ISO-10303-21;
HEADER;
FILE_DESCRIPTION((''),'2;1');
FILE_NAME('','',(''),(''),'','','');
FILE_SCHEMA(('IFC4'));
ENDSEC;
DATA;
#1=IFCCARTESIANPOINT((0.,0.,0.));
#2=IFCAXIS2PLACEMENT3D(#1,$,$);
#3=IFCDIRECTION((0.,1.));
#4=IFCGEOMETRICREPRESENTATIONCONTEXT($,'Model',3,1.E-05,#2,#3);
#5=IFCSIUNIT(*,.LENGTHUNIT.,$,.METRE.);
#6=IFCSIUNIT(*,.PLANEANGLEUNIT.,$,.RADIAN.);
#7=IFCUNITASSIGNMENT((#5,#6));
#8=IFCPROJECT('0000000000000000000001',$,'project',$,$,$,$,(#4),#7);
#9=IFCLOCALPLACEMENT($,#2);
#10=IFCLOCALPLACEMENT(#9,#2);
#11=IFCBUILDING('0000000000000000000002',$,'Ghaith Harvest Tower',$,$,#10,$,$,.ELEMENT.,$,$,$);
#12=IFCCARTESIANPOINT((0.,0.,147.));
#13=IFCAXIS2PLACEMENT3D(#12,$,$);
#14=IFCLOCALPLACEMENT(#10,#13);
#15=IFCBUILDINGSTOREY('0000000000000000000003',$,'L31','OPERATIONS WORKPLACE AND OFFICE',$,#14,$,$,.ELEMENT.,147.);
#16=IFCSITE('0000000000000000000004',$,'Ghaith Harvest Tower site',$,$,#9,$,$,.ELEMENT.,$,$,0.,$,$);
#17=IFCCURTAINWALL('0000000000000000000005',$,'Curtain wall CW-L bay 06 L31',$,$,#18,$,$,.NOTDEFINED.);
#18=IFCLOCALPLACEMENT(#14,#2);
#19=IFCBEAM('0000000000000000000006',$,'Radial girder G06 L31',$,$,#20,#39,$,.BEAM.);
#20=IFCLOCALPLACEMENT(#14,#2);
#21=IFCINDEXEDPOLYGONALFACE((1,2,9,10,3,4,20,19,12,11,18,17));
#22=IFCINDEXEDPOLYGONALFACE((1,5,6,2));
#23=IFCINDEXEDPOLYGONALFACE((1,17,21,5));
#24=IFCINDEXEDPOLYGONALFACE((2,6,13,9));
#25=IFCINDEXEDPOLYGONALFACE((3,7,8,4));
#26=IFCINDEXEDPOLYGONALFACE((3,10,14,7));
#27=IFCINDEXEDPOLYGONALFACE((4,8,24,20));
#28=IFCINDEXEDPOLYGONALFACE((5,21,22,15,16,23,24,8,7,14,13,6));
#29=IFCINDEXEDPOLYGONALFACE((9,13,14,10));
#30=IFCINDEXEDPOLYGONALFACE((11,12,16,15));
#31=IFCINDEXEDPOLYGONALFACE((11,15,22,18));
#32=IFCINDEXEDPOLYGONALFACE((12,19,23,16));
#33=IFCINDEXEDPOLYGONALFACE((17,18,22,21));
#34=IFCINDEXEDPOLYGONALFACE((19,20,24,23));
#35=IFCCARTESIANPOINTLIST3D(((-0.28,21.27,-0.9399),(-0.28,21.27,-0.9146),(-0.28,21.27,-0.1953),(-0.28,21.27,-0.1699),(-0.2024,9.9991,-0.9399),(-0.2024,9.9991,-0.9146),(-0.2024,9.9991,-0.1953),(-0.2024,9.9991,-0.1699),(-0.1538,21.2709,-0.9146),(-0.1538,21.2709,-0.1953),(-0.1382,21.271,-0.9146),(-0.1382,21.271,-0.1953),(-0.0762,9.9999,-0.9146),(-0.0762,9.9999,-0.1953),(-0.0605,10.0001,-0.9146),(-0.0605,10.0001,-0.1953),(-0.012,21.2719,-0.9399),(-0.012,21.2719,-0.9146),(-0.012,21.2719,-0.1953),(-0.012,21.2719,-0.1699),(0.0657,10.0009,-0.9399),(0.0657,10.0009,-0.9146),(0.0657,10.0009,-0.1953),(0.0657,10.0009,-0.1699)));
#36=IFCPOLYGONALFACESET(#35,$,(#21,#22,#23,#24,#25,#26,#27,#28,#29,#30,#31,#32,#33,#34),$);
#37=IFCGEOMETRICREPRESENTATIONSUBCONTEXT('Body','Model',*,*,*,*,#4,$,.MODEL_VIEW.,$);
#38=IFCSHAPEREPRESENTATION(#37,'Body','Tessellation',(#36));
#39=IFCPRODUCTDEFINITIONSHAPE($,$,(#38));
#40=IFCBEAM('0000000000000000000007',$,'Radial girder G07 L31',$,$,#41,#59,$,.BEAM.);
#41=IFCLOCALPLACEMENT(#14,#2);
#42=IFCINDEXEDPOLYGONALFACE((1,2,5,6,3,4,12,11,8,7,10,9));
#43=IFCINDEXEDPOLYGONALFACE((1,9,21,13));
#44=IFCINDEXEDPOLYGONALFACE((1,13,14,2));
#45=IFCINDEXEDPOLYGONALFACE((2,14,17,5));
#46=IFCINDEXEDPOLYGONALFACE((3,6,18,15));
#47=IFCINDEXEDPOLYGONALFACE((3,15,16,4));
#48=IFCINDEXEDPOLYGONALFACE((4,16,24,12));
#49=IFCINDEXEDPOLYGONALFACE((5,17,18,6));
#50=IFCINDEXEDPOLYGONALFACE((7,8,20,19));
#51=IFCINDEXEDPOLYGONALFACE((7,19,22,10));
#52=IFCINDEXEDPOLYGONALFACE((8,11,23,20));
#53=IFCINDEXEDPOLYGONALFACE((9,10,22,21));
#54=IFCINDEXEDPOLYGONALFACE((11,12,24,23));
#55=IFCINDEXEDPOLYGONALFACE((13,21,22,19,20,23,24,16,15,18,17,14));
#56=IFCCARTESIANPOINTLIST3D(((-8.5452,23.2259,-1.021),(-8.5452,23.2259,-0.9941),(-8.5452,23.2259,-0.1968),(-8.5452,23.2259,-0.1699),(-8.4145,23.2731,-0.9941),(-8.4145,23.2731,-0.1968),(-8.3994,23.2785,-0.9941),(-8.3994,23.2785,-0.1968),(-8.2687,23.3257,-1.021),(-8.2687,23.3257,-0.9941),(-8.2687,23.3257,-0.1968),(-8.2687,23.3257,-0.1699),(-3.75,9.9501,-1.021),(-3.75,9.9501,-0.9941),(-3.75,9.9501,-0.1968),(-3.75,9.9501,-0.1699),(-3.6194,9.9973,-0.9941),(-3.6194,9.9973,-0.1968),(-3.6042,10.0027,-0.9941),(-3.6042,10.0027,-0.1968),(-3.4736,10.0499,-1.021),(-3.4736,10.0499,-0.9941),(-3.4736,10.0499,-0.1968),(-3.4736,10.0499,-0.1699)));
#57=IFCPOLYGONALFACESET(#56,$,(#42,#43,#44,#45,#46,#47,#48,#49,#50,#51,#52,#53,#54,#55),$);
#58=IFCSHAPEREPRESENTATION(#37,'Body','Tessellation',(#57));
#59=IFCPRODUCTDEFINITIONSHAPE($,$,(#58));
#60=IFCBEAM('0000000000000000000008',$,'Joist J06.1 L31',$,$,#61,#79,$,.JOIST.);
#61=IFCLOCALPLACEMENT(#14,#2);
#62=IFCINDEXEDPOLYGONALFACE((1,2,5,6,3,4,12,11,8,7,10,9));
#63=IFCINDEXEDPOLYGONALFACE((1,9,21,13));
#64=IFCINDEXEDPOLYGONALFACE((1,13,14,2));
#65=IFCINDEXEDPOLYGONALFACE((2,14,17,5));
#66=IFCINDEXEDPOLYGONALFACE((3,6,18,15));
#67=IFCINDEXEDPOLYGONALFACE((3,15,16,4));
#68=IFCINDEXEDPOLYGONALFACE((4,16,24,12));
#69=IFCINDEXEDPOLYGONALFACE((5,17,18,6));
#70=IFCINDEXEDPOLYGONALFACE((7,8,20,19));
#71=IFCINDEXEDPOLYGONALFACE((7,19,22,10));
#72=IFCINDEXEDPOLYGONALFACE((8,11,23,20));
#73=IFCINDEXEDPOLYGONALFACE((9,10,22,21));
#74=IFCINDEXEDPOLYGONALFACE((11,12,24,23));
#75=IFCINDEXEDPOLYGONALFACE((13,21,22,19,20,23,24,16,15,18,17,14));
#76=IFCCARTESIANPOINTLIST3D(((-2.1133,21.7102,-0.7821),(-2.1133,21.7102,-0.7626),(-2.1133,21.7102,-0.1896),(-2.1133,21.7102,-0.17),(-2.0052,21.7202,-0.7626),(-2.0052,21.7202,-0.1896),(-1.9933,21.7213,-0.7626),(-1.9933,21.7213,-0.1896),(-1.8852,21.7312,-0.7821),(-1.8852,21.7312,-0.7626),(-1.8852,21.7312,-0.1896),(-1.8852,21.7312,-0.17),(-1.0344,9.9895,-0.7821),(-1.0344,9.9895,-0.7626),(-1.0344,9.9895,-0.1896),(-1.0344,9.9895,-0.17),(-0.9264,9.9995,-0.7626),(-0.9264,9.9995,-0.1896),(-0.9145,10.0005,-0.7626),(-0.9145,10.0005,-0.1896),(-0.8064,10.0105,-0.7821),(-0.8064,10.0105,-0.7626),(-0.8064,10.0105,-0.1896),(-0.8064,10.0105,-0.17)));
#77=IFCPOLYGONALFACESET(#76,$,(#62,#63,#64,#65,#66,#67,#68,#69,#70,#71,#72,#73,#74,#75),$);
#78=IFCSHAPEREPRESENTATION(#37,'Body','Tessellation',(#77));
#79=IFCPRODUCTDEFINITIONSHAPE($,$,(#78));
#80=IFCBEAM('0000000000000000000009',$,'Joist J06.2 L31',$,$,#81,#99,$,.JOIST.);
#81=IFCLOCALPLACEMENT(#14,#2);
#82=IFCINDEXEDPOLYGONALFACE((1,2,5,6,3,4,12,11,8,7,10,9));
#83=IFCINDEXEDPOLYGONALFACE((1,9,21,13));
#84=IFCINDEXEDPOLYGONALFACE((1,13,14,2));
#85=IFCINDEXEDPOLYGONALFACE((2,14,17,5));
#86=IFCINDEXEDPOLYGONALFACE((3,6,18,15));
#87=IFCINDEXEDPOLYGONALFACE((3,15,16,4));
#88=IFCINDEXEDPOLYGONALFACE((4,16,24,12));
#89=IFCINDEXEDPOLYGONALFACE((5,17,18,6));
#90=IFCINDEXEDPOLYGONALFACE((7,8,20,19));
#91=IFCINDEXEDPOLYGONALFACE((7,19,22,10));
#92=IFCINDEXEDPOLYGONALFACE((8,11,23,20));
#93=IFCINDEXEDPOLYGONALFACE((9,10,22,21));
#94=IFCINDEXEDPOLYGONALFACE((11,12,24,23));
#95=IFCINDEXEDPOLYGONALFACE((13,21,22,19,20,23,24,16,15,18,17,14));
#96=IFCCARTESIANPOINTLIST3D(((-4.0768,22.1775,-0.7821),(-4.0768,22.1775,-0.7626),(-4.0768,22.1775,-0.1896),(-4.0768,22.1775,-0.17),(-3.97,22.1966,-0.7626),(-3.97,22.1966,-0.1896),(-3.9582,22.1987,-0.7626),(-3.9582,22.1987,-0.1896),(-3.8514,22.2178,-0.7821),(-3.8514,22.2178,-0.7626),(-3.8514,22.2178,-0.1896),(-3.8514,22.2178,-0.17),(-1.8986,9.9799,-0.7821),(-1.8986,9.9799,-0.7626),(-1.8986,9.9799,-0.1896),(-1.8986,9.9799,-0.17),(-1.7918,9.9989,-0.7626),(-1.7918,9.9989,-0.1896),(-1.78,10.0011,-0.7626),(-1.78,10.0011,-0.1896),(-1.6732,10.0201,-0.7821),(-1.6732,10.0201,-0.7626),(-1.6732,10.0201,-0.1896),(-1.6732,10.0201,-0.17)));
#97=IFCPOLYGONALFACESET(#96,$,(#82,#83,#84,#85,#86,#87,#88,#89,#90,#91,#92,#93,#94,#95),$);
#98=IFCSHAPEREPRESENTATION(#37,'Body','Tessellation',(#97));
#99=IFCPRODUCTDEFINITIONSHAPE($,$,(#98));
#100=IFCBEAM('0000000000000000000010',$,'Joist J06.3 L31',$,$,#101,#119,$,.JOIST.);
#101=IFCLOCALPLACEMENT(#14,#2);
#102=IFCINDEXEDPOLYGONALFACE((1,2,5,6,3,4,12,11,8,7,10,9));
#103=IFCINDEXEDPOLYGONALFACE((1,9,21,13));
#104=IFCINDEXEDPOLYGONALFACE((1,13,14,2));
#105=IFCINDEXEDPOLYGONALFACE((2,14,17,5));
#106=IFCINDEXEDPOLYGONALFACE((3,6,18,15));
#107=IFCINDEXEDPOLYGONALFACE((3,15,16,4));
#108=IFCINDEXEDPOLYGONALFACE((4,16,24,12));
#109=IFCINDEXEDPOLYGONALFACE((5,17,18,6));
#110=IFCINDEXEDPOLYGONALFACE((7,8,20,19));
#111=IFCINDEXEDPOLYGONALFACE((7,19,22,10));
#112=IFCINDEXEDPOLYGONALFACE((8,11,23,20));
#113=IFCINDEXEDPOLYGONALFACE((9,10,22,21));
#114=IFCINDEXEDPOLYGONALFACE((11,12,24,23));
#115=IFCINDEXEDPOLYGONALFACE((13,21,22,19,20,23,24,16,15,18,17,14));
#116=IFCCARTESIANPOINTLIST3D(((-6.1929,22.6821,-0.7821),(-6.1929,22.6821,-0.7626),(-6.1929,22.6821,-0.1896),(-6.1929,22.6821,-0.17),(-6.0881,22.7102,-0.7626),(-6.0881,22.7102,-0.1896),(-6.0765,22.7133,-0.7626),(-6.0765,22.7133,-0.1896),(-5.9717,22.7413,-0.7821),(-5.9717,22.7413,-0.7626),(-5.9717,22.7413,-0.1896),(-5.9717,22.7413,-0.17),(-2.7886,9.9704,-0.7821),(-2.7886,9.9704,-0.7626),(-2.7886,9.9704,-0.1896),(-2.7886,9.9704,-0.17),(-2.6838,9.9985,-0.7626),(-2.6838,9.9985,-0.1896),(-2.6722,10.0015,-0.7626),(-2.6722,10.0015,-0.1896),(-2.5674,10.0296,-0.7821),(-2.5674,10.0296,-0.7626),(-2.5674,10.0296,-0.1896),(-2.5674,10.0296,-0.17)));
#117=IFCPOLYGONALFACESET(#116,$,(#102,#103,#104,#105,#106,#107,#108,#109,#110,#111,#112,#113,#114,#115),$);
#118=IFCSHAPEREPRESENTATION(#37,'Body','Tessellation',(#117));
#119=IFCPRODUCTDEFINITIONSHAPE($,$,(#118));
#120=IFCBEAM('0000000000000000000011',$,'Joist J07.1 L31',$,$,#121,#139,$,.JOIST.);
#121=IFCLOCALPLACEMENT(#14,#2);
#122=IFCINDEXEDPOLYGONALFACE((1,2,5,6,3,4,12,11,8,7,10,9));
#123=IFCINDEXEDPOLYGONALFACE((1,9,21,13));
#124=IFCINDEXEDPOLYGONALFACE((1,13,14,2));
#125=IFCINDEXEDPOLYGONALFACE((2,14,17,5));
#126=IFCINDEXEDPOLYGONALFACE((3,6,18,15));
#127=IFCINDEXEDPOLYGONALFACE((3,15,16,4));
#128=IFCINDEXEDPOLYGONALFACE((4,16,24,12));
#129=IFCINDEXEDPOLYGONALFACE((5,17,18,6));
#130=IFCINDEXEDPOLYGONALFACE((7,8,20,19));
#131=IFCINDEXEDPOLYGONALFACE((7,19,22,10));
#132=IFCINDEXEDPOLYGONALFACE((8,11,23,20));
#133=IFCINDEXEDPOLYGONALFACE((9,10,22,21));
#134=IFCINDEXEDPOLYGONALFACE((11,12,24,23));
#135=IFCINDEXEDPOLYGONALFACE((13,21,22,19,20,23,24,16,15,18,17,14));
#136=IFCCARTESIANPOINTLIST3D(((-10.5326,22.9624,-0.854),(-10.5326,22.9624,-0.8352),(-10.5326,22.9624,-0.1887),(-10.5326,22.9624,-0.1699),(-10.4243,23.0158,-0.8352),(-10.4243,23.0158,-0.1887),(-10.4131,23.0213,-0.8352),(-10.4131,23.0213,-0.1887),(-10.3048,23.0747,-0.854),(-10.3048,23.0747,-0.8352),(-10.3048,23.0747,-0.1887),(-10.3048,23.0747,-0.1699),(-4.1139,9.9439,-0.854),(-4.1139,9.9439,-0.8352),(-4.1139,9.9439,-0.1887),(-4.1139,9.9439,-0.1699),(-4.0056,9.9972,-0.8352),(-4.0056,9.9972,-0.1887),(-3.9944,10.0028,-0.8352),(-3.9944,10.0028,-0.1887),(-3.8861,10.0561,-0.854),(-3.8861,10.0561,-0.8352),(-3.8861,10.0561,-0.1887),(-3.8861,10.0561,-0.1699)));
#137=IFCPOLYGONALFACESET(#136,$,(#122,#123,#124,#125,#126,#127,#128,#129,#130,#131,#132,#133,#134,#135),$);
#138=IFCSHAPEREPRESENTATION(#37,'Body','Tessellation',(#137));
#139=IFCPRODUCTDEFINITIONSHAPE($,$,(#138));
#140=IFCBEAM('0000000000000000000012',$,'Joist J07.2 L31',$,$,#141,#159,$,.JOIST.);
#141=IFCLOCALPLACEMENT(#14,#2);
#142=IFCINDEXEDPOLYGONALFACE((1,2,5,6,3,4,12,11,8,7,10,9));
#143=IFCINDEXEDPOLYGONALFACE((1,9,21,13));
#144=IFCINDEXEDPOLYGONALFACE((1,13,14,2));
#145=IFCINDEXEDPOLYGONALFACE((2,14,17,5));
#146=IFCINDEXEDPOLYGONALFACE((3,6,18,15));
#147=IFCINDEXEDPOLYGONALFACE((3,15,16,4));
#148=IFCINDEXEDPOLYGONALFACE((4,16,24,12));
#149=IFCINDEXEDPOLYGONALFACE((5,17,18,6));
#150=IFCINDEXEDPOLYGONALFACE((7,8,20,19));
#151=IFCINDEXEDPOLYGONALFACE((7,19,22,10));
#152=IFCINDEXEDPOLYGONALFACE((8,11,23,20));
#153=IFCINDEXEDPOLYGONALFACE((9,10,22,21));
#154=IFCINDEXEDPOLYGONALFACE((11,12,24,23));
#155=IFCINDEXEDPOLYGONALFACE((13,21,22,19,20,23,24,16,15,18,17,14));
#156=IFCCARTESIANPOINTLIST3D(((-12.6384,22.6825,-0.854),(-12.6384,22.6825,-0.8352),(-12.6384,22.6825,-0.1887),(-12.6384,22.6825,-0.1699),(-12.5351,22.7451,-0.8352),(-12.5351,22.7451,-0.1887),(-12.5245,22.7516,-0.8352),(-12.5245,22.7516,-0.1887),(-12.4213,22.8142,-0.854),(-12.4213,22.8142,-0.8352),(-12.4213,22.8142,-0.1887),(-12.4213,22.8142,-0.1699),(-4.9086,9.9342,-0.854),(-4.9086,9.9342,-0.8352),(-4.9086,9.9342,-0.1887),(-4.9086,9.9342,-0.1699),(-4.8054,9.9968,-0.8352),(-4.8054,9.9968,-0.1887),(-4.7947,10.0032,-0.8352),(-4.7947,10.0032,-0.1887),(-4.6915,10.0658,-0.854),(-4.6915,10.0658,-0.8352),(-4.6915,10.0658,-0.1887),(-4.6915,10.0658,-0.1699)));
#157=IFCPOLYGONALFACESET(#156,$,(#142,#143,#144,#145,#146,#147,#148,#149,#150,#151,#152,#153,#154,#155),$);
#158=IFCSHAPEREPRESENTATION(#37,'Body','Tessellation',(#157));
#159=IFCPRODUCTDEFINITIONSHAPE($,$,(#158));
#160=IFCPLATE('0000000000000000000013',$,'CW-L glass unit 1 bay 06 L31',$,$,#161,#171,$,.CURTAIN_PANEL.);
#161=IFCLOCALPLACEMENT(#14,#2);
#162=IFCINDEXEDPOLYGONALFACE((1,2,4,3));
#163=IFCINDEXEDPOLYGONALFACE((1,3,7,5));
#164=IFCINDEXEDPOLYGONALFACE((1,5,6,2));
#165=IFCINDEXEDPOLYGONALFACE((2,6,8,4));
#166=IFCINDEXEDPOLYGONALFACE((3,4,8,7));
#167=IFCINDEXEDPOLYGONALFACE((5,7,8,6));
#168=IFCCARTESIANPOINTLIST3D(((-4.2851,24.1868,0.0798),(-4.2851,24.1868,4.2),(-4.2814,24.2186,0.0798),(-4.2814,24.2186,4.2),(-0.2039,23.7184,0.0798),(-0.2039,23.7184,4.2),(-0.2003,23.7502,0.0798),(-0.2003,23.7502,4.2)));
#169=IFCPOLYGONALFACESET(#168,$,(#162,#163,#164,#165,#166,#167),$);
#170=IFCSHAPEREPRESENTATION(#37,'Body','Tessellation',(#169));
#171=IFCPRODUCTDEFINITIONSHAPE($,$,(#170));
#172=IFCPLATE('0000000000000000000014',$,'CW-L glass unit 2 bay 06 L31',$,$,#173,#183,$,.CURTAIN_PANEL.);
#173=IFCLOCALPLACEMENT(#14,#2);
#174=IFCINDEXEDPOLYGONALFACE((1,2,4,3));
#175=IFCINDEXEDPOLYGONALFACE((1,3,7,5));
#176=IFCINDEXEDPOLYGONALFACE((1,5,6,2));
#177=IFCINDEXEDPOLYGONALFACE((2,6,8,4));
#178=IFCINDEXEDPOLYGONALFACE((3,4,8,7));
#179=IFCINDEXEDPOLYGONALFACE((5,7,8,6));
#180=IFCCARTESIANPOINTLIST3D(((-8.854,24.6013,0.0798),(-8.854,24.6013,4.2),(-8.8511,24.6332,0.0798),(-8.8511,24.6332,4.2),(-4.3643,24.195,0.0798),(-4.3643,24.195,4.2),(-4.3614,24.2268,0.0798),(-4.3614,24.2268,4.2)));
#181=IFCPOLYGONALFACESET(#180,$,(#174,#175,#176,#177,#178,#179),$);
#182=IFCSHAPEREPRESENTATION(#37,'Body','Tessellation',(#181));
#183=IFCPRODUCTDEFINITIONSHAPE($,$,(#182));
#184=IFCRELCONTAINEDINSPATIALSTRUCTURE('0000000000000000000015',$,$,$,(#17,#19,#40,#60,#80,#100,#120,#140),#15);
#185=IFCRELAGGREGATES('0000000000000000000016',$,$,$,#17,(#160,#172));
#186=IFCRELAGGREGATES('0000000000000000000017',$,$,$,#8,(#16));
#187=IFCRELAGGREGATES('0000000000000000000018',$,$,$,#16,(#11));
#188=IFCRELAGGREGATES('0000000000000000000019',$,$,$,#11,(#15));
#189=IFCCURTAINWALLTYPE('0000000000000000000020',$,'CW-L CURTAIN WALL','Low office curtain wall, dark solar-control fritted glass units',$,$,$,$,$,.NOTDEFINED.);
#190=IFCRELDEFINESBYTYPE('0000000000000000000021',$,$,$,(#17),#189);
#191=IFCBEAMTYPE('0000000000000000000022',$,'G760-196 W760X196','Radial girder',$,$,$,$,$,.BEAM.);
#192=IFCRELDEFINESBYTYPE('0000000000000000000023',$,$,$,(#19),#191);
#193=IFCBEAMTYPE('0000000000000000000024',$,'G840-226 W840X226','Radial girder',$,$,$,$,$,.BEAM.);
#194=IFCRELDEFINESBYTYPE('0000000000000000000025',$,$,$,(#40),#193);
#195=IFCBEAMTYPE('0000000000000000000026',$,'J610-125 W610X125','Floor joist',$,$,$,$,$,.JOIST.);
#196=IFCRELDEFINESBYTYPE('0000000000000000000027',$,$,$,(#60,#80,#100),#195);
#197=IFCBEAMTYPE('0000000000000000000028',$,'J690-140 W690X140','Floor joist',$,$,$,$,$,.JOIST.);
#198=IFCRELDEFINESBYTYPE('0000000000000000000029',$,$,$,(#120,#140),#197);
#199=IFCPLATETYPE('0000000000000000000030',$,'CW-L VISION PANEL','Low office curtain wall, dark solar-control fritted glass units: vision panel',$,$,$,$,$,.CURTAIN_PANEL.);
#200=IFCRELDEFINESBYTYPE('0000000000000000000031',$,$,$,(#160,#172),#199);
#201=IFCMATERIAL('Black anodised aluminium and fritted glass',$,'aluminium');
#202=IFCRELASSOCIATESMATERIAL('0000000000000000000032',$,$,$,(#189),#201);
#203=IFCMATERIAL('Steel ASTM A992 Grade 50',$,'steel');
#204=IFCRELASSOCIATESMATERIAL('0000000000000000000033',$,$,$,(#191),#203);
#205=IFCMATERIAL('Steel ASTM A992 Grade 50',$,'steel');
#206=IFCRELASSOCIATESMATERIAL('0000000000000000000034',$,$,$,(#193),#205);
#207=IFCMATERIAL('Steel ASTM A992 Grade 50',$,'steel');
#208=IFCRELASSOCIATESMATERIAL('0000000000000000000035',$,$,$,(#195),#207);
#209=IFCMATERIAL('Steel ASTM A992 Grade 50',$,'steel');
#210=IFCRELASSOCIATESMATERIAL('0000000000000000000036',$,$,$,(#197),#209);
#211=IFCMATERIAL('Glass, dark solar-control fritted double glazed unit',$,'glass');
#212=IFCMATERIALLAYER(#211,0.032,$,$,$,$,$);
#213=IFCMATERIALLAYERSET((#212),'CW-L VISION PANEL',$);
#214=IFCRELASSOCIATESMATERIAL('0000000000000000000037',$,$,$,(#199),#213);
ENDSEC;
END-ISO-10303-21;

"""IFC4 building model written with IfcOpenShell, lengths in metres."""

from ifc_helpers import new_model, si_unit, direction, frame, origin, origin_2d, place, context, subcontext, project, spatial, rectangle, i_section, extrude, material, layer, layer_set, material_profile, profile_set, type_object, element, aggregate, save


model = new_model("IFC4")

# Units and contexts
model_context = context("Model", 3, precision=1e-05, world=origin(), true_north=direction((0.0, 1.0)))
body_context = subcontext(model_context, "Body", "Model", "MODEL_VIEW")
ifc_project = project(units=[si_unit("LENGTHUNIT", "METRE"), si_unit("PLANEANGLEUNIT", "RADIAN")], contexts=[model_context])

# Site, building, storey
site_placement = place(None, origin())
site = spatial("IfcSite", under=ifc_project, at=site_placement, Name="Ghaith Harvest Tower site", CompositionType="ELEMENT", RefElevation=0.0)
building_placement = place(site_placement, origin())
building = spatial("IfcBuilding", under=site, at=building_placement, Name="Ghaith Harvest Tower", CompositionType="ELEMENT")
storey_placement = place(building_placement, frame((0.0, 0.0, 147.0)))
storey = spatial("IfcBuildingStorey", under=building, at=storey_placement, Name="L31", Description="OPERATIONS WORKPLACE AND OFFICE", CompositionType="ELEMENT", Elevation=147.0)

# Curtain wall
ifc_material_1 = material(Name="Black anodised aluminium and fritted glass", Category="aluminium")
curtain_wall_type = type_object("IfcCurtainWallType", Name="CW-L CURTAIN WALL", Description="Low office curtain wall, dark solar-control fritted glass units", PredefinedType="NOTDEFINED", material=ifc_material_1)
curtain_wall_1_placement = place(storey_placement, origin())
curtain_wall_1 = element("IfcCurtainWall", 1, at=curtain_wall_1_placement, inside=storey, type_object=curtain_wall_type, Name="Curtain wall CW-L bay 06 L31", PredefinedType="NOTDEFINED")

# Beams
ifc_material_2 = material(Name="Steel ASTM A992 Grade 50", Category="steel")
ifc_material_profile_1 = material_profile(ifc_material_2, i_section(OverallWidth=0.2681, OverallDepth=0.77, WebThickness=0.0156, FlangeThickness=0.0254, at=origin_2d()), Name="W760X196")
ifc_profile_set_1 = profile_set([ifc_material_profile_1], Name="Steel ASTM A992 Grade 50")
beam_type_1 = type_object("IfcBeamType", Name="G760-196 W760X196", Description="Radial girder", PredefinedType="BEAM", material=ifc_profile_set_1)
beam_1_placement = place(storey_placement, frame((-0.0684, 10.0, -0.5549), z_axis=(-0.006888, 0.999976, 0.0), x_axis=(-0.999976, -0.006888, 0.0)))
element("IfcBeam", 2, at=beam_1_placement, inside=storey, type_object=beam_type_1, Name="Radial girder G06 L31", PredefinedType="BEAM", context=body_context, shape_type="SweptSolid", body=[
    extrude(i_section(OverallWidth=0.2681, OverallDepth=0.77, WebThickness=0.0156, FlangeThickness=0.0254, at=origin_2d()), origin(), (0.0, 0.0, 1.0), 11.2712),
])
ifc_material_3 = material(Name="Steel ASTM A992 Grade 50", Category="steel")
ifc_material_profile_2 = material_profile(ifc_material_3, i_section(OverallWidth=0.2939, OverallDepth=0.8511, WebThickness=0.0161, FlangeThickness=0.0269, at=origin_2d()), Name="W840X226")
ifc_profile_set_2 = profile_set([ifc_material_profile_2], Name="Steel ASTM A992 Grade 50")
beam_type_2 = type_object("IfcBeamType", Name="G840-226 W840X226", Description="Radial girder", PredefinedType="BEAM", material=ifc_profile_set_2)
beam_2_placement = place(storey_placement, frame((-3.6118, 10.0, -0.5955), z_axis=(-0.339713, 0.940529, 0.0), x_axis=(-0.940529, -0.339713, 0.0)))
element("IfcBeam", 3, at=beam_2_placement, inside=storey, type_object=beam_type_2, Name="Radial girder G07 L31", PredefinedType="BEAM", context=body_context, shape_type="SweptSolid", body=[
    extrude(i_section(OverallWidth=0.2939, OverallDepth=0.8511, WebThickness=0.0161, FlangeThickness=0.0269, at=origin_2d()), origin(), (0.0, 0.0, 1.0), 14.1152),
])
ifc_material_4 = material(Name="Steel ASTM A992 Grade 50", Category="steel")
ifc_material_profile_3 = material_profile(ifc_material_4, i_section(OverallWidth=0.229, OverallDepth=0.6121, WebThickness=0.012, FlangeThickness=0.0195, at=origin_2d()), Name="W610X125")
ifc_profile_set_3 = profile_set([ifc_material_profile_3], Name="Steel ASTM A992 Grade 50")
beam_type_3 = type_object("IfcBeamType", Name="J610-125 W610X125", Description="Floor joist", PredefinedType="JOIST", material=ifc_profile_set_3)
beam_3_placement = place(storey_placement, frame((-0.9204, 10.0, -0.4761), z_axis=(-0.09166, 0.99579, 0.0), x_axis=(-0.99579, -0.09166, 0.0)))
element("IfcBeam", 4, at=beam_3_placement, inside=storey, type_object=beam_type_3, Name="Joist J06.1 L31", PredefinedType="JOIST", context=body_context, shape_type="SweptSolid", body=[
    extrude(i_section(OverallWidth=0.229, OverallDepth=0.6121, WebThickness=0.012, FlangeThickness=0.0195, at=origin_2d()), origin(), (0.0, 0.0, 1.0), 11.7703),
])
beam_4_placement = place(storey_placement, frame((-1.7859, 10.0, -0.4761), z_axis=(-0.175795, 0.984427, 0.0), x_axis=(-0.984427, -0.175795, 0.0)))
element("IfcBeam", 5, at=beam_4_placement, inside=storey, type_object=beam_type_3, Name="Joist J06.2 L31", PredefinedType="JOIST", context=body_context, shape_type="SweptSolid", body=[
    extrude(i_section(OverallWidth=0.229, OverallDepth=0.6121, WebThickness=0.012, FlangeThickness=0.0195, at=origin_2d()), origin(), (0.0, 0.0, 1.0), 12.3906),
])
beam_5_placement = place(storey_placement, frame((-2.678, 10.0, -0.4761), z_axis=(-0.258693, 0.96596, 0.0), x_axis=(-0.96596, -0.258693, 0.0)))
element("IfcBeam", 6, at=beam_5_placement, inside=storey, type_object=beam_type_3, Name="Joist J06.3 L31", PredefinedType="JOIST", context=body_context, shape_type="SweptSolid", body=[
    extrude(i_section(OverallWidth=0.229, OverallDepth=0.6121, WebThickness=0.012, FlangeThickness=0.0195, at=origin_2d()), origin(), (0.0, 0.0, 1.0), 13.1597),
])
ifc_material_5 = material(Name="Steel ASTM A992 Grade 50", Category="steel")
ifc_material_profile_4 = material_profile(ifc_material_5, i_section(OverallWidth=0.2539, OverallDepth=0.6841, WebThickness=0.0125, FlangeThickness=0.0188, at=origin_2d()), Name="W690X140")
ifc_profile_set_4 = profile_set([ifc_material_profile_4], Name="Steel ASTM A992 Grade 50")
beam_type_4 = type_object("IfcBeamType", Name="J690-140 W690X140", Description="Floor joist", PredefinedType="JOIST", material=ifc_profile_set_4)
beam_6_placement = place(storey_placement, frame((-4.0, 10.0, -0.512), z_axis=(-0.442214, 0.896909, 0.0), x_axis=(-0.896909, -0.442214, 0.0)))
element("IfcBeam", 7, at=beam_6_placement, inside=storey, type_object=beam_type_4, Name="Joist J07.1 L31", PredefinedType="JOIST", context=body_context, shape_type="SweptSolid", body=[
    extrude(i_section(OverallWidth=0.2539, OverallDepth=0.6841, WebThickness=0.0125, FlangeThickness=0.0188, at=origin_2d()), origin(), (0.0, 0.0, 1.0), 14.5149),
])
beam_7_placement = place(storey_placement, frame((-4.8, 10.0, -0.512), z_axis=(-0.518473, 0.855094, 0.0), x_axis=(-0.855094, -0.518473, 0.0)))
element("IfcBeam", 8, at=beam_7_placement, inside=storey, type_object=beam_type_4, Name="Joist J07.2 L31", PredefinedType="JOIST", context=body_context, shape_type="SweptSolid", body=[
    extrude(i_section(OverallWidth=0.2539, OverallDepth=0.6841, WebThickness=0.0125, FlangeThickness=0.0188, at=origin_2d()), origin(), (0.0, 0.0, 1.0), 14.9087),
])

# Plates
ifc_material_6 = material(Name="Glass, dark solar-control fritted double glazed unit", Category="glass")
ifc_layer_1 = layer(ifc_material_6, 0.032)
ifc_layer_set_1 = layer_set([ifc_layer_1], Name="CW-L VISION PANEL")
plate_type = type_object("IfcPlateType", Name="CW-L VISION PANEL", Description="Low office curtain wall, dark solar-control fritted glass units: vision panel", PredefinedType="CURTAIN_PANEL", material=ifc_layer_set_1)
plate_1_placement = place(storey_placement, frame((-2.2427, 23.9685, 0.0798), z_axis=(0.0, 0.0, 1.0), x_axis=(-0.993477, 0.114032, 0.0)))
plate_1 = element("IfcPlate", 9, at=plate_1_placement, type_object=plate_type, Name="CW-L glass unit 1 bay 06 L31", PredefinedType="CURTAIN_PANEL", context=body_context, shape_type="SweptSolid", body=[
    extrude(rectangle(XDim=4.1079, YDim=0.032, at=origin_2d()), origin(), (0.0, 0.0, 1.0), 4.1201),
])
plate_2_placement = place(storey_placement, frame((-6.6077, 24.4141, 0.0798), z_axis=(0.0, 0.0, 1.0), x_axis=(-0.995929, 0.090144, 0.0)))
plate_2 = element("IfcPlate", 10, at=plate_2_placement, type_object=plate_type, Name="CW-L glass unit 2 bay 06 L31", PredefinedType="CURTAIN_PANEL", context=body_context, shape_type="SweptSolid", body=[
    extrude(rectangle(XDim=4.5081, YDim=0.032, at=origin_2d()), origin(), (0.0, 0.0, 1.0), 4.1201),
])
aggregate(curtain_wall_1, [plate_1, plate_2])

save(model, "model.ifc")
